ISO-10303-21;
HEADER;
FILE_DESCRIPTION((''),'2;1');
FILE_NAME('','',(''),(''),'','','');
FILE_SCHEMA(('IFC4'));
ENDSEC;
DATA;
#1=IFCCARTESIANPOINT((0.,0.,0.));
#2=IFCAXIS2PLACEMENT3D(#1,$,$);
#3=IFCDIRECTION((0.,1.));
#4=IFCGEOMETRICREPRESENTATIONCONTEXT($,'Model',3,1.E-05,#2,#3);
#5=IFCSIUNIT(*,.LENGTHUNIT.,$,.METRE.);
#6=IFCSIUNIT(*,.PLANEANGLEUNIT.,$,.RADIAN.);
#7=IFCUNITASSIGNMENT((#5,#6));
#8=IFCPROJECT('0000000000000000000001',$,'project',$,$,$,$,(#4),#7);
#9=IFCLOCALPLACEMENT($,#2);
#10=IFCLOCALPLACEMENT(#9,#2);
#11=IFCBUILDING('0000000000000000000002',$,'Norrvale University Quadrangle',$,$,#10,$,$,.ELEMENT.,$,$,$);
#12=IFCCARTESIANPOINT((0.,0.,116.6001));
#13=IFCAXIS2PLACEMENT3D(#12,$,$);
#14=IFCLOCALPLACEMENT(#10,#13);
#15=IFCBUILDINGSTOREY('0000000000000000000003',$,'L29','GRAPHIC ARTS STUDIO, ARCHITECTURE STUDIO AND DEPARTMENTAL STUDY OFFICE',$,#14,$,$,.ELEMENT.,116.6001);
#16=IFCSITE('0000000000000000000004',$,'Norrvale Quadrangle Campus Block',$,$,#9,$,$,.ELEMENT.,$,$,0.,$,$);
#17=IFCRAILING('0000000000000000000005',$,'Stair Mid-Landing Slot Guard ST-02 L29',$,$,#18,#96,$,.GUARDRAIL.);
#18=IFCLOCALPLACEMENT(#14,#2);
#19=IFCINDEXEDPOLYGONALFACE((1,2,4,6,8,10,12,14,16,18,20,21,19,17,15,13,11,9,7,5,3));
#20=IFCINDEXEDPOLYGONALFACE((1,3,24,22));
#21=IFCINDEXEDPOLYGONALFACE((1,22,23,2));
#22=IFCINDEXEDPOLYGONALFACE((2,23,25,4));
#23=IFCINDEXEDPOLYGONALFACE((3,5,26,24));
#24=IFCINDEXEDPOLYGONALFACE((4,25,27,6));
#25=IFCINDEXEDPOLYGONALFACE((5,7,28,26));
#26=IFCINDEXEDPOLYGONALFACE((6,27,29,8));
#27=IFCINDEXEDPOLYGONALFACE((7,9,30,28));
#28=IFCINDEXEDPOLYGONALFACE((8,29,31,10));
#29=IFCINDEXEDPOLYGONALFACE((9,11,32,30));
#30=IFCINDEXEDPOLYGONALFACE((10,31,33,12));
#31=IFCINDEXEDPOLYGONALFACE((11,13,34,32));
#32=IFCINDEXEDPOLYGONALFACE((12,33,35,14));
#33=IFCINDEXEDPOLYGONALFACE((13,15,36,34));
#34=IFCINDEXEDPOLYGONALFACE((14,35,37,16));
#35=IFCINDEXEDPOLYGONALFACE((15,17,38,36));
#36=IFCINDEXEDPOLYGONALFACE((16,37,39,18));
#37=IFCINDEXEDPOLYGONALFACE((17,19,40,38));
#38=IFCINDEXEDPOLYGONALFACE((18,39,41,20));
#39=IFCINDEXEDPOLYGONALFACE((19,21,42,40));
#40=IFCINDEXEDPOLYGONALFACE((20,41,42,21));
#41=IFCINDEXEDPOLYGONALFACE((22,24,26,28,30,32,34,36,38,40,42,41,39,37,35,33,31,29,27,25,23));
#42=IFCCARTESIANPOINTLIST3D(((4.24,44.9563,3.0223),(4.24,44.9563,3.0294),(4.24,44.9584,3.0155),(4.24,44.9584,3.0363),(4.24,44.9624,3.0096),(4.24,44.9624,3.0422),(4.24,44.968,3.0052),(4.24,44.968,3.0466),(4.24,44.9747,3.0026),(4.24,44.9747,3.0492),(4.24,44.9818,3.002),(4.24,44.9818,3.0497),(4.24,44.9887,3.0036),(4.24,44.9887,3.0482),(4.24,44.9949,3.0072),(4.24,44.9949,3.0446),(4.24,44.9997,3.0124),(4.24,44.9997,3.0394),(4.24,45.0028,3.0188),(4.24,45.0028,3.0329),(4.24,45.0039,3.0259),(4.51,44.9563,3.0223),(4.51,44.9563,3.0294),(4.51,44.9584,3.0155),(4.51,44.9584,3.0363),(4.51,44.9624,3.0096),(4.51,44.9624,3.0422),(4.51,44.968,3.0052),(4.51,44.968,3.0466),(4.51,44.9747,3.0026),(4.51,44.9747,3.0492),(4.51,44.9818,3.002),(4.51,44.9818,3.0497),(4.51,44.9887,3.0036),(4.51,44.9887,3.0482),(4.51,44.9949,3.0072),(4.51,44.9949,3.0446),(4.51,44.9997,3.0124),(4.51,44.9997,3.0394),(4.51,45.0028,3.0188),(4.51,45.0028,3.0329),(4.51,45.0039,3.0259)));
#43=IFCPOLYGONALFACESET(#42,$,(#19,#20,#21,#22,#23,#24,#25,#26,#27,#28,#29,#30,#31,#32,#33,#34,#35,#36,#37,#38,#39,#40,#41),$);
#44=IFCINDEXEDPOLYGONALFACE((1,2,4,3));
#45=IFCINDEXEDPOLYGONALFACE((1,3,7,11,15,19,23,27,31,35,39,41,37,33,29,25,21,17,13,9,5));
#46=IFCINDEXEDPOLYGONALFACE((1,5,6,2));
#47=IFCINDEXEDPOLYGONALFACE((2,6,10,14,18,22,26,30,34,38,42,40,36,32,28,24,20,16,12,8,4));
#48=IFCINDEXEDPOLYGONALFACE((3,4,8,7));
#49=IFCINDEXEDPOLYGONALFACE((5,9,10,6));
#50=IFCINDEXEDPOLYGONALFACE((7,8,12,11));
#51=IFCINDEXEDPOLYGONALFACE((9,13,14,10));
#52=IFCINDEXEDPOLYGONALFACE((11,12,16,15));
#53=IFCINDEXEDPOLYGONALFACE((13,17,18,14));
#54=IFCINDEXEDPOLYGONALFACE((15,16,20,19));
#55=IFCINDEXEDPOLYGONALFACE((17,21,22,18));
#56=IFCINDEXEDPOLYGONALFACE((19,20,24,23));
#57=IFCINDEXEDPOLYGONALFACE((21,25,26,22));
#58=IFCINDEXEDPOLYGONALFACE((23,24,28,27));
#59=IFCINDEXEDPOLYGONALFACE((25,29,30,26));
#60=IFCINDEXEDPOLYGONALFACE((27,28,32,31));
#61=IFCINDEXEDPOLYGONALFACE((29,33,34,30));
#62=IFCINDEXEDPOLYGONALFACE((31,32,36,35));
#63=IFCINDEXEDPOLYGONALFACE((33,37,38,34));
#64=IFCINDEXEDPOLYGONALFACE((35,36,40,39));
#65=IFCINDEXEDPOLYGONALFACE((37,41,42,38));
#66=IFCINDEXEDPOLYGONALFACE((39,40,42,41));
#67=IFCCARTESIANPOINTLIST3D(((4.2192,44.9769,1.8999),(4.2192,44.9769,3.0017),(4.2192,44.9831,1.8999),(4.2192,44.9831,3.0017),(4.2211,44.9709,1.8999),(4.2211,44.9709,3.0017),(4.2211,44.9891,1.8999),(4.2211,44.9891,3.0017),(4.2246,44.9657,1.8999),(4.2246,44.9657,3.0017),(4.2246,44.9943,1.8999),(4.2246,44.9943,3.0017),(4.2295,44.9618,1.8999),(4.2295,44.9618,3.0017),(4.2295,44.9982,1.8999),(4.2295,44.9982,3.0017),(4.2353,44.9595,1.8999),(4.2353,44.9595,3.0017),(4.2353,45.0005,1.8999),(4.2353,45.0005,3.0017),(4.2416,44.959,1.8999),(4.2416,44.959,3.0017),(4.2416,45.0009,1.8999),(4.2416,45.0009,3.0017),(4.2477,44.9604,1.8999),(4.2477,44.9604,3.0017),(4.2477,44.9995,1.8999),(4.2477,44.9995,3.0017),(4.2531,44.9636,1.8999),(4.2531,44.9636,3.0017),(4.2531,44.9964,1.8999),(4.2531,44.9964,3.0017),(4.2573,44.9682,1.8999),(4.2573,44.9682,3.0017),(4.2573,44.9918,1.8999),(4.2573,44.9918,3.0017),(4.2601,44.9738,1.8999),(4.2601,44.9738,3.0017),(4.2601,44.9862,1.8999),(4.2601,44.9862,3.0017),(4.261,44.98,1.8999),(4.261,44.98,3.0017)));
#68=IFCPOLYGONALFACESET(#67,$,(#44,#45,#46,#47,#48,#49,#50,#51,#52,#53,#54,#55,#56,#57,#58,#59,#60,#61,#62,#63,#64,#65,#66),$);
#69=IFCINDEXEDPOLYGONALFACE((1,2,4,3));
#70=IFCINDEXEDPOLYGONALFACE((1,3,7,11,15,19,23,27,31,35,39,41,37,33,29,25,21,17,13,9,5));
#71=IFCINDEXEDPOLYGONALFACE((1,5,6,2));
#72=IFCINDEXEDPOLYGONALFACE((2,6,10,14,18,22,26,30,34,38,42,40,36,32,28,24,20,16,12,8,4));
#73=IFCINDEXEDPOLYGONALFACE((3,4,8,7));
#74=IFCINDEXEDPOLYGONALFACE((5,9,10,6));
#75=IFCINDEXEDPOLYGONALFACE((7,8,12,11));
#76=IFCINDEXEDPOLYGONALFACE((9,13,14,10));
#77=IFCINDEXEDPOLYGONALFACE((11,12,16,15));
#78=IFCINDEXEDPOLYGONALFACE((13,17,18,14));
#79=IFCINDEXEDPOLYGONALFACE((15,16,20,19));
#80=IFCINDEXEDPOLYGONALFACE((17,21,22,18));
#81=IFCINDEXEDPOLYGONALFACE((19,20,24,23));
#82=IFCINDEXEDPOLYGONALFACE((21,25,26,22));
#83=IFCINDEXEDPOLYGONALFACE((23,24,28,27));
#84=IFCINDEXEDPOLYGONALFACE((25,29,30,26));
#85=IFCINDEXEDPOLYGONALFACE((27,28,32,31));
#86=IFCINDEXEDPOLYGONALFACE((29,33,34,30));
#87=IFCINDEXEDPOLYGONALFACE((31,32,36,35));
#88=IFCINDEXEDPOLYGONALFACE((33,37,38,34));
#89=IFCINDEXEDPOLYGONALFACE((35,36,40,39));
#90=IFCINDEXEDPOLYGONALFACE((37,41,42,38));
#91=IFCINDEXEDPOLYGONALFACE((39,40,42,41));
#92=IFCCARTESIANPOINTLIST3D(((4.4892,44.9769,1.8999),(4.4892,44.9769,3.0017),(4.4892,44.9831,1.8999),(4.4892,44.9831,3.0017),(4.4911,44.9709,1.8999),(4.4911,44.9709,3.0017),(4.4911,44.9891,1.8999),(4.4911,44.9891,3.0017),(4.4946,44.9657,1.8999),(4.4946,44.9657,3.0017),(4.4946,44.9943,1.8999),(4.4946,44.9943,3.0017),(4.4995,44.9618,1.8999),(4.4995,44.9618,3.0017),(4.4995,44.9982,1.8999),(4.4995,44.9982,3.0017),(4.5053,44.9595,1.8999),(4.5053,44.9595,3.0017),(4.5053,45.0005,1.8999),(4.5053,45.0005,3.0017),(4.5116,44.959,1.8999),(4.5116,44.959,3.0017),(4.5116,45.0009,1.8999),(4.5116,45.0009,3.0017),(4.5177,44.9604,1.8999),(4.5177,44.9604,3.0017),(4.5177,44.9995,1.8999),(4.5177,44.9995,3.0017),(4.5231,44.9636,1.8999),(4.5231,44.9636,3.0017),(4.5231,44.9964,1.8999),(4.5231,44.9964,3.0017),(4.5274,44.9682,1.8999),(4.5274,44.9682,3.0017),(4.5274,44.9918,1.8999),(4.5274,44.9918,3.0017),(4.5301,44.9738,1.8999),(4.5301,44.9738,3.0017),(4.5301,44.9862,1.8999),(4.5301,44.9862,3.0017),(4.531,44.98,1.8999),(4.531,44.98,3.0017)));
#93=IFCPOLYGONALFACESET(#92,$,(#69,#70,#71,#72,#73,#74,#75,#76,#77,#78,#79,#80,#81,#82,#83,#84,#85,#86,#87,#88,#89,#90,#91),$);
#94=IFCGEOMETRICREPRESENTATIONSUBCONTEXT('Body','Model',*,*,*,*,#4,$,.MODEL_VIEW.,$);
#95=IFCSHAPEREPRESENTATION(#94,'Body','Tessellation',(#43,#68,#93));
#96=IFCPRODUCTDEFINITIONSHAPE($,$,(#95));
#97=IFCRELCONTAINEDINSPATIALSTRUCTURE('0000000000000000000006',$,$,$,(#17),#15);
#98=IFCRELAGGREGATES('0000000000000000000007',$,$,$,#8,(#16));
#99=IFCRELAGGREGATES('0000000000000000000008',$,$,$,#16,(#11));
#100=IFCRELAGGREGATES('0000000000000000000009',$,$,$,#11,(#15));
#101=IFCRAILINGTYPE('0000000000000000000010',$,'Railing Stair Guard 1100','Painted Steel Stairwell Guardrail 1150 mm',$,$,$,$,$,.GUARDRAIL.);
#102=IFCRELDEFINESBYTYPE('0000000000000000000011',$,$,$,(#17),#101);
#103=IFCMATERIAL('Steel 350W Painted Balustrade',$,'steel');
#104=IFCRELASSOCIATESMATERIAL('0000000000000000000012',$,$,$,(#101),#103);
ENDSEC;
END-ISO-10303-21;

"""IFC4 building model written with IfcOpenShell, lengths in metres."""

from ifc_helpers import new_model, si_unit, direction, frame, origin, origin_2d, place, context, subcontext, project, spatial, circle, extrude, material, type_object, element, save


model = new_model("IFC4")

# Units and contexts
model_context = context("Model", 3, precision=1e-05, world=origin(), true_north=direction((0.0, 1.0)))
body_context = subcontext(model_context, "Body", "Model", "MODEL_VIEW")
ifc_project = project(units=[si_unit("LENGTHUNIT", "METRE"), si_unit("PLANEANGLEUNIT", "RADIAN")], contexts=[model_context])

# Site, building, storey
site_placement = place(None, origin())
site = spatial("IfcSite", under=ifc_project, at=site_placement, Name="Norrvale Quadrangle Campus Block", CompositionType="ELEMENT", RefElevation=0.0)
building_placement = place(site_placement, origin())
building = spatial("IfcBuilding", under=site, at=building_placement, Name="Norrvale University Quadrangle", CompositionType="ELEMENT")
storey_placement = place(building_placement, frame((0.0, 0.0, 116.6001)))
storey = spatial("IfcBuildingStorey", under=building, at=storey_placement, Name="L29", Description="GRAPHIC ARTS STUDIO, ARCHITECTURE STUDIO AND DEPARTMENTAL STUDY OFFICE", CompositionType="ELEMENT", Elevation=116.6001)

# Railing
ifc_material_1 = material(Name="Steel 350W Painted Balustrade", Category="steel")
railing_type_1 = type_object("IfcRailingType", Name="Railing Stair Guard 1100", Description="Painted Steel Stairwell Guardrail 1150 mm", PredefinedType="GUARDRAIL", material=ifc_material_1)
for number, where, name in (
    (1, (4.24, 44.98, 1.8999), "Stair Mid-Landing Slot Guard ST-02 L29"),
):
    element("IfcRailing", number, at=place(storey_placement, frame(where)), inside=storey, type_object=railing_type_1, Name=name, PredefinedType="GUARDRAIL", context=body_context, shape_type="SweptSolid", body=[
        extrude(circle(Radius=0.0239, at=origin_2d()), frame((0.0, 0.0, 1.126), z_axis=(1.0, 0.0, 0.0), x_axis=(0.0, 1.0, 0.0)), (0.0, 0.0, 1.0), 0.27),
        extrude(circle(Radius=0.021, at=origin_2d()), origin(), (0.0, 0.0, 1.0), 1.1018),
        extrude(circle(Radius=0.021, at=origin_2d()), frame((0.27, 0.0, 0.0)), (0.0, 0.0, 1.0), 1.1018),
    ])

save(model, "model.ifc")
